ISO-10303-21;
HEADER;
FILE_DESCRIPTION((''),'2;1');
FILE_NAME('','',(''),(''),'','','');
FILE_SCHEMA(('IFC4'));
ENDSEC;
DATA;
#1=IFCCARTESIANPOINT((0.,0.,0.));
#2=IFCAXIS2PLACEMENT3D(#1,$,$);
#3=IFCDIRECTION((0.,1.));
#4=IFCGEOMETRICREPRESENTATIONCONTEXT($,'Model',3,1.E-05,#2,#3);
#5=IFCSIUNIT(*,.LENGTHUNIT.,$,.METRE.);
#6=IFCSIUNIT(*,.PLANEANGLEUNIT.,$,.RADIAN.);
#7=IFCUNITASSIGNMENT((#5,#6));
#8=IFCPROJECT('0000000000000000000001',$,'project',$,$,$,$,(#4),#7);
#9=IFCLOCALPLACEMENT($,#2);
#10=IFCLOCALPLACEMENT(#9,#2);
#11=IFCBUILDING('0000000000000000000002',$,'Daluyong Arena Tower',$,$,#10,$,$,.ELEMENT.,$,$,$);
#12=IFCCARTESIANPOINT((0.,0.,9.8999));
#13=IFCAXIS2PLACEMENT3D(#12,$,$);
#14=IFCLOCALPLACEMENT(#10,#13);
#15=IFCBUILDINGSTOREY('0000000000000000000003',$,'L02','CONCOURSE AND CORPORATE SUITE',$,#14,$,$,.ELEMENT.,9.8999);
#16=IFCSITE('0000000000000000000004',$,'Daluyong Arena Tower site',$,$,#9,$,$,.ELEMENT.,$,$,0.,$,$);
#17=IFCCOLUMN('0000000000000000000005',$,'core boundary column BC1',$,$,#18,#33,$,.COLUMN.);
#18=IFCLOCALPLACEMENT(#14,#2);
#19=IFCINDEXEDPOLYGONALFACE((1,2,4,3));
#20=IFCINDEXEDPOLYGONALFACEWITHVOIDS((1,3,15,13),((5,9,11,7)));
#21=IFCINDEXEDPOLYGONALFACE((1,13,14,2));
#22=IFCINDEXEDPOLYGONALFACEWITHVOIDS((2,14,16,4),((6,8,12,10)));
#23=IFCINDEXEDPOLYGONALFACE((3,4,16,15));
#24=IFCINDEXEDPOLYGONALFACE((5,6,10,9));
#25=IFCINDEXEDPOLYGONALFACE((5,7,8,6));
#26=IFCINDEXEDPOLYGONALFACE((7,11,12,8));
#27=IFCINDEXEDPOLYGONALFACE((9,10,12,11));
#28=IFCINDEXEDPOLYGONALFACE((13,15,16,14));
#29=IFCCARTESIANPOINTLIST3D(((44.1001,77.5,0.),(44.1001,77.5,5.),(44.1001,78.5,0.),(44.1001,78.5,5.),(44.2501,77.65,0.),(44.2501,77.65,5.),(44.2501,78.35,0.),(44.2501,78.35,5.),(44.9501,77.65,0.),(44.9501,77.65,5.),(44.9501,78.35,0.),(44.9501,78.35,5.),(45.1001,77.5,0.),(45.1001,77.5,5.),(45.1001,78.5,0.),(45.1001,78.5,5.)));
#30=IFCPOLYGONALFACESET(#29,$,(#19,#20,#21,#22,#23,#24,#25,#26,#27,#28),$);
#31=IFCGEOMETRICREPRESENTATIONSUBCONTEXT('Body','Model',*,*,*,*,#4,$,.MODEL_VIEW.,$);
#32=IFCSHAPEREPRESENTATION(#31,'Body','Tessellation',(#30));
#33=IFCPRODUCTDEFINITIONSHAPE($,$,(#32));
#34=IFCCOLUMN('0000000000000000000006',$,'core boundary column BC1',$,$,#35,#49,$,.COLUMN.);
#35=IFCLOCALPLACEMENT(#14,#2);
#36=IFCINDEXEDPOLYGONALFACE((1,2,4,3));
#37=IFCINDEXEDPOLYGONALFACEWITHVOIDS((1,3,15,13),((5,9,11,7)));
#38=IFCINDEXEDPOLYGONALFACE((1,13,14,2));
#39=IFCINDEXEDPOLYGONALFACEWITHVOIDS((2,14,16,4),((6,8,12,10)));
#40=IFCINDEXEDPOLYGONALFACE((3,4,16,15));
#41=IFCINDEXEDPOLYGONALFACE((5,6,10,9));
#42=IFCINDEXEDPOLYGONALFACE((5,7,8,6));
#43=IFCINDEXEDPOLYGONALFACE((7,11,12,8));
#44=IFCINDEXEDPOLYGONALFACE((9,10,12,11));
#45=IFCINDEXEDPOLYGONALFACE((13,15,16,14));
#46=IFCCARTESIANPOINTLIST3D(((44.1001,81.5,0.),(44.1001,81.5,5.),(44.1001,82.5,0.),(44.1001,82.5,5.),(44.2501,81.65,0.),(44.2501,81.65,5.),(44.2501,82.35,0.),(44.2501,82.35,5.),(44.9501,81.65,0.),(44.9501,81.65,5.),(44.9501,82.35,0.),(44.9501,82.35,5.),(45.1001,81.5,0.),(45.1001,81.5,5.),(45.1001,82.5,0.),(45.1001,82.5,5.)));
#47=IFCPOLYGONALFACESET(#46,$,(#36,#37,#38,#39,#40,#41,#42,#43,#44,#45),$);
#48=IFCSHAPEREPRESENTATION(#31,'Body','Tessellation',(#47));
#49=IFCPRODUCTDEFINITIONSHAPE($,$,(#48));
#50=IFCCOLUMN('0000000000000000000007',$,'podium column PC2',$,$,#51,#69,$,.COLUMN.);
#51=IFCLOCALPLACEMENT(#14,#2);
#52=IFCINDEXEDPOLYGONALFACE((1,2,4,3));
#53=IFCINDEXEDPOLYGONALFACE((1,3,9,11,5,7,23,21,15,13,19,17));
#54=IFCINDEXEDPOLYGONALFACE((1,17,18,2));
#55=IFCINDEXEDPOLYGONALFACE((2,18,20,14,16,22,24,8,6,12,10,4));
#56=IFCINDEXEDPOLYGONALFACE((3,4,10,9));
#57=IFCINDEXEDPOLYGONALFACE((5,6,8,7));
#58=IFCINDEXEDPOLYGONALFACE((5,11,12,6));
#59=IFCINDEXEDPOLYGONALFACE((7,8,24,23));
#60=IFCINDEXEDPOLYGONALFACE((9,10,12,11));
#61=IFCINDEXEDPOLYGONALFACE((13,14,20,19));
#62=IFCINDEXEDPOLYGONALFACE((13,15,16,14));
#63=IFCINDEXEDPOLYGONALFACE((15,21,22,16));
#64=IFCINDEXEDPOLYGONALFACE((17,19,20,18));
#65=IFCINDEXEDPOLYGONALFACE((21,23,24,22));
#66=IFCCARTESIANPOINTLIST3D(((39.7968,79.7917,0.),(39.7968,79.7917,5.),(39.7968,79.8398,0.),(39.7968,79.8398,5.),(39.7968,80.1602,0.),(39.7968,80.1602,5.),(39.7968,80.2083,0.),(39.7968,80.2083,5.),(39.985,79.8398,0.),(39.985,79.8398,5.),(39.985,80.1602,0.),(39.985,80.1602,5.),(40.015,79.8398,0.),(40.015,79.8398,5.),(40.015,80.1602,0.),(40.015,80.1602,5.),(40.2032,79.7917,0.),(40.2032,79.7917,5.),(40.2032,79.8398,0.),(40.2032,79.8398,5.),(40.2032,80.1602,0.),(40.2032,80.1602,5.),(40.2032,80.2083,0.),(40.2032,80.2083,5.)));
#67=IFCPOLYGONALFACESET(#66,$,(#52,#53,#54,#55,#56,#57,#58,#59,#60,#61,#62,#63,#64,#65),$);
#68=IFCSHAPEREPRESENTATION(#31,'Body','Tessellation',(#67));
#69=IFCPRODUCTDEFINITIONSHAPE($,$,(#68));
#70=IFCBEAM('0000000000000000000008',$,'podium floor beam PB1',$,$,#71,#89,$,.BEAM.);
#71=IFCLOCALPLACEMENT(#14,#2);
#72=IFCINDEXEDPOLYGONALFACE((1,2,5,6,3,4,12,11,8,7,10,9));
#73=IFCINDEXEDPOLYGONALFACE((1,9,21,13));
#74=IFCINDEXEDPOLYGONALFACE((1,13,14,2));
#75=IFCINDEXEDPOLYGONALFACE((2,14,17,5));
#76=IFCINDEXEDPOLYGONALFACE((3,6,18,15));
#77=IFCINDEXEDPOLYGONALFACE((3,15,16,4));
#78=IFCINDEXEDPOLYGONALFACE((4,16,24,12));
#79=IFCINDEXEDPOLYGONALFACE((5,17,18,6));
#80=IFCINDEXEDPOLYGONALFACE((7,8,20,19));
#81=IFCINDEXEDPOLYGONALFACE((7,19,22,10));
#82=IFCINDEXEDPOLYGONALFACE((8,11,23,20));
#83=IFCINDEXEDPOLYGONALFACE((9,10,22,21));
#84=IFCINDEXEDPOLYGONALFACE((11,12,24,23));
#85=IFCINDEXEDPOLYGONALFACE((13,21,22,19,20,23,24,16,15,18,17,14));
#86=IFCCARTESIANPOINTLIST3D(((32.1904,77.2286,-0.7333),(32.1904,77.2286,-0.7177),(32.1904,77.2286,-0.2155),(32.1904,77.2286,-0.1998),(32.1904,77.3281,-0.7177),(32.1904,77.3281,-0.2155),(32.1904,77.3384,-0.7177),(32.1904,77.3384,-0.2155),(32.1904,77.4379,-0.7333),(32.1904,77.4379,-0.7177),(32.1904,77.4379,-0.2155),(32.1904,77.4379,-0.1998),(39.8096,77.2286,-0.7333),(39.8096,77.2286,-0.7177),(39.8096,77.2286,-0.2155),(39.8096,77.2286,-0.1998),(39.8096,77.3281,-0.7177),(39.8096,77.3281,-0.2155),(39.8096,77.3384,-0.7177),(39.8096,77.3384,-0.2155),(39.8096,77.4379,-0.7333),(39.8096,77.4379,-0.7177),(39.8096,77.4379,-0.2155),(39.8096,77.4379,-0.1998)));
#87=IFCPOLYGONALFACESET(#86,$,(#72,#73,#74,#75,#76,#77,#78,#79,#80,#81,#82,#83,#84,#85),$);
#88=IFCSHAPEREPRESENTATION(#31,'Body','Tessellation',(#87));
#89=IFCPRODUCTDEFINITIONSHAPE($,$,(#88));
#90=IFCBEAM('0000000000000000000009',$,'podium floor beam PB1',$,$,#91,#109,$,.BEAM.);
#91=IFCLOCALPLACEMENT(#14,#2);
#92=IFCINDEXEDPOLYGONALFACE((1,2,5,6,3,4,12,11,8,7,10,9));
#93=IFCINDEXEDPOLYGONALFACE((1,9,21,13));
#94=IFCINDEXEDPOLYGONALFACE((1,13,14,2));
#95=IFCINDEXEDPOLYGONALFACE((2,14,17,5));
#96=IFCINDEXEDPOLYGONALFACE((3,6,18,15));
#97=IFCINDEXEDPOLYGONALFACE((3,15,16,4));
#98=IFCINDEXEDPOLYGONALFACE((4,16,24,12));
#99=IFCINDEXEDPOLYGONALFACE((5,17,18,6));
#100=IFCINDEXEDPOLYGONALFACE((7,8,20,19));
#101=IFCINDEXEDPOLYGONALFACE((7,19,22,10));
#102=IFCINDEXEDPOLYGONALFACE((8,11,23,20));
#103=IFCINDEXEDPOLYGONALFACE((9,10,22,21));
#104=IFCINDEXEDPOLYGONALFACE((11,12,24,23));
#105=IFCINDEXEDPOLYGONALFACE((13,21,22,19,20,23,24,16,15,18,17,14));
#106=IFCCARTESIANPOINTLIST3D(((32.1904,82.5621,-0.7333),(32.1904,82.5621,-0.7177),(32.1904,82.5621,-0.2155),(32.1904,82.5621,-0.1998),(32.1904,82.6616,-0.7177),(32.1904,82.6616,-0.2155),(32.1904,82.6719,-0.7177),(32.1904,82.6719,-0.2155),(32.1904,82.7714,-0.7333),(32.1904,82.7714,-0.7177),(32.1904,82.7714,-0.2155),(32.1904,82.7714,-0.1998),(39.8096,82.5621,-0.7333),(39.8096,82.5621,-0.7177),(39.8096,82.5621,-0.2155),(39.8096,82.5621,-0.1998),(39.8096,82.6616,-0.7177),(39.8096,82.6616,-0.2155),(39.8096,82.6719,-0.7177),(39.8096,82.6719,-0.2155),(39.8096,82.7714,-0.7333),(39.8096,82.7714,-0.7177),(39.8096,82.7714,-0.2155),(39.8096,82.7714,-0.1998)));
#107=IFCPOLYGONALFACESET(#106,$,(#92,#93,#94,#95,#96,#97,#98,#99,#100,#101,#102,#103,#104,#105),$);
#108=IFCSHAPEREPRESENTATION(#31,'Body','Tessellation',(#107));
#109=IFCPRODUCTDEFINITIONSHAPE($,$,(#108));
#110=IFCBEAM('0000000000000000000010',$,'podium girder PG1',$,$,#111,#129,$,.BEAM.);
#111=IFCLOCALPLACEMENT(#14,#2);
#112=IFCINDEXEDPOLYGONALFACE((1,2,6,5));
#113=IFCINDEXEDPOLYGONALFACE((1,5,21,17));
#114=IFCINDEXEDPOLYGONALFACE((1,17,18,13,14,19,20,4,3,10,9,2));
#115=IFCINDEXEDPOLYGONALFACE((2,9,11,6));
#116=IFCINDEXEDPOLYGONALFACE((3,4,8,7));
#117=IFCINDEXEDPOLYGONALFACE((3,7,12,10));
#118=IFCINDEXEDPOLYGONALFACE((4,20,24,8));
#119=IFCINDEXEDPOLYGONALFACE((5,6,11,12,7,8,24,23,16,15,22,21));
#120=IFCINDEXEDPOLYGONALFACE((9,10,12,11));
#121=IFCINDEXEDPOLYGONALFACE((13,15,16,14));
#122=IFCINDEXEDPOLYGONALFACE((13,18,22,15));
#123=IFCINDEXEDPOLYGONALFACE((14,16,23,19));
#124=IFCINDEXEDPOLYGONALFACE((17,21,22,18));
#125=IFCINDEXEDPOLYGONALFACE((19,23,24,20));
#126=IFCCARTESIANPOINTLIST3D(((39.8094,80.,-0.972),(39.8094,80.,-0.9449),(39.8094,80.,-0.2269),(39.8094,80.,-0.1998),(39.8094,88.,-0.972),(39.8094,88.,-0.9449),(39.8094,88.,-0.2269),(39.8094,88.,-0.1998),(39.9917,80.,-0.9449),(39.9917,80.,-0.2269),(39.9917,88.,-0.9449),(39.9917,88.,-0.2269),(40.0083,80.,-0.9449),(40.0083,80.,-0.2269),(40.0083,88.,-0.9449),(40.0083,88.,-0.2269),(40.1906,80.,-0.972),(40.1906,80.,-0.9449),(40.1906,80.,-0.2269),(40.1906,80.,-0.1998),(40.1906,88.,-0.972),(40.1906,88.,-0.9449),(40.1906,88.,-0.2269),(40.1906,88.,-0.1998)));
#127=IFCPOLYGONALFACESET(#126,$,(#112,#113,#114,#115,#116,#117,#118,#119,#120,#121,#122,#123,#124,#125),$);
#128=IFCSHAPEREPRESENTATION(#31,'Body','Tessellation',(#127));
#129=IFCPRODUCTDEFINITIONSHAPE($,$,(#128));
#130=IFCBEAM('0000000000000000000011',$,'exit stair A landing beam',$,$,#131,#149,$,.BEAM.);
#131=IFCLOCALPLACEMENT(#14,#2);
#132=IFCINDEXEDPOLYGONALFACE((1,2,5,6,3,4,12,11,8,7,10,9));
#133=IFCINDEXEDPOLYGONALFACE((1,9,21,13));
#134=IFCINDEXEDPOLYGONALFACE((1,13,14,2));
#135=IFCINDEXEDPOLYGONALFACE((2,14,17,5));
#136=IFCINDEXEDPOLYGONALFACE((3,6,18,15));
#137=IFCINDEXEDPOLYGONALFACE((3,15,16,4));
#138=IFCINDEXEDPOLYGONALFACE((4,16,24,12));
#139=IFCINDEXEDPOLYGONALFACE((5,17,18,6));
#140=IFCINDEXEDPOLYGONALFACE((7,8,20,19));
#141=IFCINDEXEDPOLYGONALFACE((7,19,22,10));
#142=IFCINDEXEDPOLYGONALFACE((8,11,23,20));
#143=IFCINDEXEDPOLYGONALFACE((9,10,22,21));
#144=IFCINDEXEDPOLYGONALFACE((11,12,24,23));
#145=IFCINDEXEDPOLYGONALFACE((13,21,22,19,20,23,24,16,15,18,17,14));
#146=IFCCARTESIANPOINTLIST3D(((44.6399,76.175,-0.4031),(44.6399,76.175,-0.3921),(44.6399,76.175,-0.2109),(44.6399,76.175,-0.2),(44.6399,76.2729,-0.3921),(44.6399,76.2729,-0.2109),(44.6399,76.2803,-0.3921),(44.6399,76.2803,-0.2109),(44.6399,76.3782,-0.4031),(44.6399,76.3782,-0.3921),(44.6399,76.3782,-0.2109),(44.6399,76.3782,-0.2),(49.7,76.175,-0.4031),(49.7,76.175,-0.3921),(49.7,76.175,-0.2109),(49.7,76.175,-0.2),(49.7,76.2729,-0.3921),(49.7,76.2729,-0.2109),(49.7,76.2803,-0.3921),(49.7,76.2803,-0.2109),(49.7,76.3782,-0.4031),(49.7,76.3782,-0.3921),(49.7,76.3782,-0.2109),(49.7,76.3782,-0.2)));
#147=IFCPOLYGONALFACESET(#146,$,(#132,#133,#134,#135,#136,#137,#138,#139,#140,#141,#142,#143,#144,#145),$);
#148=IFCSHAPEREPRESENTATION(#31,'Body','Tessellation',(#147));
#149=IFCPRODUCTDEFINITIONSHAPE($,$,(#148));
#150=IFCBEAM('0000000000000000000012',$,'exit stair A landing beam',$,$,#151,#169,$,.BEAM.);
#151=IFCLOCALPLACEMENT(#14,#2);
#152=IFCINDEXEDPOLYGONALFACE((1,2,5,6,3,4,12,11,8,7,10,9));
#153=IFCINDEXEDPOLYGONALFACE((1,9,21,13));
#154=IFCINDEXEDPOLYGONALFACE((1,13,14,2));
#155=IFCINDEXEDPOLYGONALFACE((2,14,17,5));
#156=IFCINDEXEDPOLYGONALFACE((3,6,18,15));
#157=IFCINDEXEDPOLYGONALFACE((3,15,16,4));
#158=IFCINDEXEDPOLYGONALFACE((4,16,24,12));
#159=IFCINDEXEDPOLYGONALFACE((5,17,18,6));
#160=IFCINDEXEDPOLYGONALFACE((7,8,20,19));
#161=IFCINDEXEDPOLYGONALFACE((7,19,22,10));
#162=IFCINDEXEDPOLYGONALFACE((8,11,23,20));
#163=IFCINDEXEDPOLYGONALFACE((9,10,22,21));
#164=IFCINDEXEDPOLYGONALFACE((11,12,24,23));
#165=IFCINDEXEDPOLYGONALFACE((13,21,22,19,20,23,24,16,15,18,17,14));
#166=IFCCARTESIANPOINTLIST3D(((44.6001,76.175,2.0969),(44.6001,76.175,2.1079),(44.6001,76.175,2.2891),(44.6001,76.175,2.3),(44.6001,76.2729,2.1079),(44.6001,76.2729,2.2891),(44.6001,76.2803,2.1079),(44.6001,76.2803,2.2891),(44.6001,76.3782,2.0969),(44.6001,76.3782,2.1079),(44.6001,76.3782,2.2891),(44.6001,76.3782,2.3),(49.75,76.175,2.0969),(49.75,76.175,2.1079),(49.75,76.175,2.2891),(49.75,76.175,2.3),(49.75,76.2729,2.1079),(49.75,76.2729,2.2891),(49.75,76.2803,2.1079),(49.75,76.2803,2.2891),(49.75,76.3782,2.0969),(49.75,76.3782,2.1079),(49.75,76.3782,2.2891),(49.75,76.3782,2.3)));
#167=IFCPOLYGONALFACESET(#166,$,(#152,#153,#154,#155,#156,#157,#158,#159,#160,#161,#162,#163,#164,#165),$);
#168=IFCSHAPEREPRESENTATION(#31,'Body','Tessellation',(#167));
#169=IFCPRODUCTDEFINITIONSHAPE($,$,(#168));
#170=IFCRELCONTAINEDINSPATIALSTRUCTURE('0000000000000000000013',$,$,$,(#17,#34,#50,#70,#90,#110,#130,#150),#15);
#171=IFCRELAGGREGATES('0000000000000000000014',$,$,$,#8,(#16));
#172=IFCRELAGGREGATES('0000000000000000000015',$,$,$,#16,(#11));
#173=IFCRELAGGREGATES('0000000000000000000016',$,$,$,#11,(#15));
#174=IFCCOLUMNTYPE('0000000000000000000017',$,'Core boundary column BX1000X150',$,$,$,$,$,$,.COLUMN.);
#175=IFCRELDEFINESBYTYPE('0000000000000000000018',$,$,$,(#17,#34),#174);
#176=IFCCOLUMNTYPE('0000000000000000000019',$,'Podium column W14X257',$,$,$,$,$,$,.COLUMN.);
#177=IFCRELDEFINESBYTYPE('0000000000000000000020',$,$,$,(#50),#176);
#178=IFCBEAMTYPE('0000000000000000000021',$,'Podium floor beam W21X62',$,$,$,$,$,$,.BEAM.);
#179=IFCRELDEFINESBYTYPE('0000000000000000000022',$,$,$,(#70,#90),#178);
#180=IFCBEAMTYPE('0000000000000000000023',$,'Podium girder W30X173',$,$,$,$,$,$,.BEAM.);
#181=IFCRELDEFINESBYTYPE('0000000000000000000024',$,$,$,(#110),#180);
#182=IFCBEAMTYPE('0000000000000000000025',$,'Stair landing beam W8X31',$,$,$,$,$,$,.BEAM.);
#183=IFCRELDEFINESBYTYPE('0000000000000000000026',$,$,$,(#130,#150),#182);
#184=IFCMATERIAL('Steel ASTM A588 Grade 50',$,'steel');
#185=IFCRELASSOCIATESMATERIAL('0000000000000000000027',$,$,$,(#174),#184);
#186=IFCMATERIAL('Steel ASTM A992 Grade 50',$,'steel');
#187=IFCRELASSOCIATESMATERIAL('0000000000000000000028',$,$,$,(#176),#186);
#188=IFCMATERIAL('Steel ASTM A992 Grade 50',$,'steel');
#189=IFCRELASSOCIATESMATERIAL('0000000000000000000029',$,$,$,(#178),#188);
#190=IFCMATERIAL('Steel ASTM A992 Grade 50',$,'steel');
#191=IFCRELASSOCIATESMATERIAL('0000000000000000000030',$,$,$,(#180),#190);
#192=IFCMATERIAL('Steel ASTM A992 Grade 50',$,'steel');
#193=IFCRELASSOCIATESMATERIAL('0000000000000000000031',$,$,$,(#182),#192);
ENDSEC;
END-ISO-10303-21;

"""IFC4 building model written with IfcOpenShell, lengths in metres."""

from ifc_helpers import new_model, si_unit, direction, frame, origin, origin_2d, place, context, subcontext, project, spatial, hollow_rectangle, i_section, extrude, material, material_profile, profile_set, type_object, element, save


model = new_model("IFC4")

# Units and contexts
model_context = context("Model", 3, precision=1e-05, world=origin(), true_north=direction((0.0, 1.0)))
body_context = subcontext(model_context, "Body", "Model", "MODEL_VIEW")
ifc_project = project(units=[si_unit("LENGTHUNIT", "METRE"), si_unit("PLANEANGLEUNIT", "RADIAN")], contexts=[model_context])

# Site, building, storey
site_placement = place(None, origin())
site = spatial("IfcSite", under=ifc_project, at=site_placement, Name="Daluyong Arena Tower site", CompositionType="ELEMENT", RefElevation=0.0)
building_placement = place(site_placement, origin())
building = spatial("IfcBuilding", under=site, at=building_placement, Name="Daluyong Arena Tower", CompositionType="ELEMENT")
storey_placement = place(building_placement, frame((0.0, 0.0, 9.8999)))
storey = spatial("IfcBuildingStorey", under=building, at=storey_placement, Name="L02", Description="CONCOURSE AND CORPORATE SUITE", CompositionType="ELEMENT", Elevation=9.8999)

# Columns
ifc_material_1 = material(Name="Steel ASTM A588 Grade 50", Category="steel")
ifc_material_profile_1 = material_profile(ifc_material_1, hollow_rectangle(XDim=1.0, YDim=1.0, WallThickness=0.15, at=origin_2d()))
ifc_profile_set_1 = profile_set([ifc_material_profile_1], Name="Steel ASTM A588 Grade 50")
column_type_1 = type_object("IfcColumnType", Name="Core boundary column BX1000X150", PredefinedType="COLUMN", material=ifc_profile_set_1)
for number, where, z_axis, x_axis, name in (
    (1, (44.6001, 78.0, 0.0), (0.0, 0.0, 1.0), (1.0, 0.0, 0.0), "core boundary column BC1"),
    (2, (44.6001, 82.0, 0.0), (0.0, 0.0, 1.0), (1.0, 0.0, 0.0), "core boundary column BC1"),
):
    element("IfcColumn", number, at=place(storey_placement, frame(where, z_axis=z_axis, x_axis=x_axis)), inside=storey, type_object=column_type_1, Name=name, PredefinedType="COLUMN", context=body_context, shape_type="SweptSolid", body=[
        extrude(hollow_rectangle(XDim=1.0, YDim=1.0, WallThickness=0.15, at=origin_2d()), origin(), (0.0, 0.0, 1.0), 5.0),
    ])
ifc_material_2 = material(Name="Steel ASTM A992 Grade 50", Category="steel")
ifc_material_profile_2 = material_profile(ifc_material_2, i_section(OverallWidth=0.4065, OverallDepth=0.4165, WebThickness=0.03, FlangeThickness=0.0481, at=origin_2d()))
ifc_profile_set_2 = profile_set([ifc_material_profile_2], Name="Steel ASTM A992 Grade 50")
column_type_2 = type_object("IfcColumnType", Name="Podium column W14X257", PredefinedType="COLUMN", material=ifc_profile_set_2)
column_placement = place(storey_placement, frame((40.0, 80.0, 0.0), z_axis=(0.0, 0.0, 1.0), x_axis=(1.0, 0.0, 0.0)))
element("IfcColumn", 3, at=column_placement, inside=storey, type_object=column_type_2, Name="podium column PC2", PredefinedType="COLUMN", context=body_context, shape_type="SweptSolid", body=[
    extrude(i_section(OverallWidth=0.4065, OverallDepth=0.4165, WebThickness=0.03, FlangeThickness=0.0481, at=origin_2d()), origin(), (0.0, 0.0, 1.0), 5.0),
])

# Beams
ifc_material_3 = material(Name="Steel ASTM A992 Grade 50", Category="steel")
ifc_material_profile_3 = material_profile(ifc_material_3, i_section(OverallWidth=0.2092, OverallDepth=0.5334, WebThickness=0.0103, FlangeThickness=0.0156, at=origin_2d()))
ifc_profile_set_3 = profile_set([ifc_material_profile_3], Name="Steel ASTM A992 Grade 50")
beam_type_1 = type_object("IfcBeamType", Name="Podium floor beam W21X62", PredefinedType="BEAM", material=ifc_profile_set_3)
for number, where, z_axis, x_axis, name in (
    (4, (32.1904, 77.3333, -0.4666), (1.0, 0.0, 0.0), (0.0, 1.0, 0.0), "podium floor beam PB1"),
    (5, (32.1904, 82.6667, -0.4666), (1.0, 0.0, 0.0), (0.0, 1.0, 0.0), "podium floor beam PB1"),
):
    element("IfcBeam", number, at=place(storey_placement, frame(where, z_axis=z_axis, x_axis=x_axis)), inside=storey, type_object=beam_type_1, Name=name, PredefinedType="BEAM", context=body_context, shape_type="SweptSolid", body=[
        extrude(i_section(OverallWidth=0.2092, OverallDepth=0.5334, WebThickness=0.0103, FlangeThickness=0.0156, at=origin_2d()), origin(), (0.0, 0.0, 1.0), 7.6191),
    ])
ifc_material_4 = material(Name="Steel ASTM A992 Grade 50", Category="steel")
ifc_material_profile_4 = material_profile(ifc_material_4, i_section(OverallWidth=0.3811, OverallDepth=0.7722, WebThickness=0.0166, FlangeThickness=0.0271, at=origin_2d()))
ifc_profile_set_4 = profile_set([ifc_material_profile_4], Name="Steel ASTM A992 Grade 50")
beam_type_2 = type_object("IfcBeamType", Name="Podium girder W30X173", PredefinedType="BEAM", material=ifc_profile_set_4)
beam_1_placement = place(storey_placement, frame((40.0, 80.0, -0.5859), z_axis=(0.0, 1.0, 0.0), x_axis=(-1.0, 0.0, 0.0)))
element("IfcBeam", 6, at=beam_1_placement, inside=storey, type_object=beam_type_2, Name="podium girder PG1", PredefinedType="BEAM", context=body_context, shape_type="SweptSolid", body=[
    extrude(i_section(OverallWidth=0.3811, OverallDepth=0.7722, WebThickness=0.0166, FlangeThickness=0.0271, at=origin_2d()), origin(), (0.0, 0.0, 1.0), 8.0),
])
ifc_material_5 = material(Name="Steel ASTM A992 Grade 50", Category="steel")
ifc_material_profile_5 = material_profile(ifc_material_5, i_section(OverallWidth=0.2031, OverallDepth=0.2031, WebThickness=0.0073, FlangeThickness=0.011, at=origin_2d()))
ifc_profile_set_5 = profile_set([ifc_material_profile_5], Name="Steel ASTM A992 Grade 50")
beam_type_3 = type_object("IfcBeamType", Name="Stair landing beam W8X31", PredefinedType="BEAM", material=ifc_profile_set_5)
beam_2_placement = place(storey_placement, frame((44.6399, 76.2766, -0.3015), z_axis=(1.0, 0.0, 0.0), x_axis=(0.0, 1.0, 0.0)))
element("IfcBeam", 7, at=beam_2_placement, inside=storey, type_object=beam_type_3, Name="exit stair A landing beam", PredefinedType="BEAM", context=body_context, shape_type="SweptSolid", body=[
    extrude(i_section(OverallWidth=0.2031, OverallDepth=0.2031, WebThickness=0.0073, FlangeThickness=0.011, at=origin_2d()), origin(), (0.0, 0.0, 1.0), 5.0601),
])
beam_3_placement = place(storey_placement, frame((44.6001, 76.2766, 2.1985), z_axis=(1.0, 0.0, 0.0), x_axis=(0.0, 1.0, 0.0)))
element("IfcBeam", 8, at=beam_3_placement, inside=storey, type_object=beam_type_3, Name="exit stair A landing beam", PredefinedType="BEAM", context=body_context, shape_type="SweptSolid", body=[
    extrude(i_section(OverallWidth=0.2031, OverallDepth=0.2031, WebThickness=0.0073, FlangeThickness=0.011, at=origin_2d()), origin(), (0.0, 0.0, 1.0), 5.1499),
])

save(model, "model.ifc")
